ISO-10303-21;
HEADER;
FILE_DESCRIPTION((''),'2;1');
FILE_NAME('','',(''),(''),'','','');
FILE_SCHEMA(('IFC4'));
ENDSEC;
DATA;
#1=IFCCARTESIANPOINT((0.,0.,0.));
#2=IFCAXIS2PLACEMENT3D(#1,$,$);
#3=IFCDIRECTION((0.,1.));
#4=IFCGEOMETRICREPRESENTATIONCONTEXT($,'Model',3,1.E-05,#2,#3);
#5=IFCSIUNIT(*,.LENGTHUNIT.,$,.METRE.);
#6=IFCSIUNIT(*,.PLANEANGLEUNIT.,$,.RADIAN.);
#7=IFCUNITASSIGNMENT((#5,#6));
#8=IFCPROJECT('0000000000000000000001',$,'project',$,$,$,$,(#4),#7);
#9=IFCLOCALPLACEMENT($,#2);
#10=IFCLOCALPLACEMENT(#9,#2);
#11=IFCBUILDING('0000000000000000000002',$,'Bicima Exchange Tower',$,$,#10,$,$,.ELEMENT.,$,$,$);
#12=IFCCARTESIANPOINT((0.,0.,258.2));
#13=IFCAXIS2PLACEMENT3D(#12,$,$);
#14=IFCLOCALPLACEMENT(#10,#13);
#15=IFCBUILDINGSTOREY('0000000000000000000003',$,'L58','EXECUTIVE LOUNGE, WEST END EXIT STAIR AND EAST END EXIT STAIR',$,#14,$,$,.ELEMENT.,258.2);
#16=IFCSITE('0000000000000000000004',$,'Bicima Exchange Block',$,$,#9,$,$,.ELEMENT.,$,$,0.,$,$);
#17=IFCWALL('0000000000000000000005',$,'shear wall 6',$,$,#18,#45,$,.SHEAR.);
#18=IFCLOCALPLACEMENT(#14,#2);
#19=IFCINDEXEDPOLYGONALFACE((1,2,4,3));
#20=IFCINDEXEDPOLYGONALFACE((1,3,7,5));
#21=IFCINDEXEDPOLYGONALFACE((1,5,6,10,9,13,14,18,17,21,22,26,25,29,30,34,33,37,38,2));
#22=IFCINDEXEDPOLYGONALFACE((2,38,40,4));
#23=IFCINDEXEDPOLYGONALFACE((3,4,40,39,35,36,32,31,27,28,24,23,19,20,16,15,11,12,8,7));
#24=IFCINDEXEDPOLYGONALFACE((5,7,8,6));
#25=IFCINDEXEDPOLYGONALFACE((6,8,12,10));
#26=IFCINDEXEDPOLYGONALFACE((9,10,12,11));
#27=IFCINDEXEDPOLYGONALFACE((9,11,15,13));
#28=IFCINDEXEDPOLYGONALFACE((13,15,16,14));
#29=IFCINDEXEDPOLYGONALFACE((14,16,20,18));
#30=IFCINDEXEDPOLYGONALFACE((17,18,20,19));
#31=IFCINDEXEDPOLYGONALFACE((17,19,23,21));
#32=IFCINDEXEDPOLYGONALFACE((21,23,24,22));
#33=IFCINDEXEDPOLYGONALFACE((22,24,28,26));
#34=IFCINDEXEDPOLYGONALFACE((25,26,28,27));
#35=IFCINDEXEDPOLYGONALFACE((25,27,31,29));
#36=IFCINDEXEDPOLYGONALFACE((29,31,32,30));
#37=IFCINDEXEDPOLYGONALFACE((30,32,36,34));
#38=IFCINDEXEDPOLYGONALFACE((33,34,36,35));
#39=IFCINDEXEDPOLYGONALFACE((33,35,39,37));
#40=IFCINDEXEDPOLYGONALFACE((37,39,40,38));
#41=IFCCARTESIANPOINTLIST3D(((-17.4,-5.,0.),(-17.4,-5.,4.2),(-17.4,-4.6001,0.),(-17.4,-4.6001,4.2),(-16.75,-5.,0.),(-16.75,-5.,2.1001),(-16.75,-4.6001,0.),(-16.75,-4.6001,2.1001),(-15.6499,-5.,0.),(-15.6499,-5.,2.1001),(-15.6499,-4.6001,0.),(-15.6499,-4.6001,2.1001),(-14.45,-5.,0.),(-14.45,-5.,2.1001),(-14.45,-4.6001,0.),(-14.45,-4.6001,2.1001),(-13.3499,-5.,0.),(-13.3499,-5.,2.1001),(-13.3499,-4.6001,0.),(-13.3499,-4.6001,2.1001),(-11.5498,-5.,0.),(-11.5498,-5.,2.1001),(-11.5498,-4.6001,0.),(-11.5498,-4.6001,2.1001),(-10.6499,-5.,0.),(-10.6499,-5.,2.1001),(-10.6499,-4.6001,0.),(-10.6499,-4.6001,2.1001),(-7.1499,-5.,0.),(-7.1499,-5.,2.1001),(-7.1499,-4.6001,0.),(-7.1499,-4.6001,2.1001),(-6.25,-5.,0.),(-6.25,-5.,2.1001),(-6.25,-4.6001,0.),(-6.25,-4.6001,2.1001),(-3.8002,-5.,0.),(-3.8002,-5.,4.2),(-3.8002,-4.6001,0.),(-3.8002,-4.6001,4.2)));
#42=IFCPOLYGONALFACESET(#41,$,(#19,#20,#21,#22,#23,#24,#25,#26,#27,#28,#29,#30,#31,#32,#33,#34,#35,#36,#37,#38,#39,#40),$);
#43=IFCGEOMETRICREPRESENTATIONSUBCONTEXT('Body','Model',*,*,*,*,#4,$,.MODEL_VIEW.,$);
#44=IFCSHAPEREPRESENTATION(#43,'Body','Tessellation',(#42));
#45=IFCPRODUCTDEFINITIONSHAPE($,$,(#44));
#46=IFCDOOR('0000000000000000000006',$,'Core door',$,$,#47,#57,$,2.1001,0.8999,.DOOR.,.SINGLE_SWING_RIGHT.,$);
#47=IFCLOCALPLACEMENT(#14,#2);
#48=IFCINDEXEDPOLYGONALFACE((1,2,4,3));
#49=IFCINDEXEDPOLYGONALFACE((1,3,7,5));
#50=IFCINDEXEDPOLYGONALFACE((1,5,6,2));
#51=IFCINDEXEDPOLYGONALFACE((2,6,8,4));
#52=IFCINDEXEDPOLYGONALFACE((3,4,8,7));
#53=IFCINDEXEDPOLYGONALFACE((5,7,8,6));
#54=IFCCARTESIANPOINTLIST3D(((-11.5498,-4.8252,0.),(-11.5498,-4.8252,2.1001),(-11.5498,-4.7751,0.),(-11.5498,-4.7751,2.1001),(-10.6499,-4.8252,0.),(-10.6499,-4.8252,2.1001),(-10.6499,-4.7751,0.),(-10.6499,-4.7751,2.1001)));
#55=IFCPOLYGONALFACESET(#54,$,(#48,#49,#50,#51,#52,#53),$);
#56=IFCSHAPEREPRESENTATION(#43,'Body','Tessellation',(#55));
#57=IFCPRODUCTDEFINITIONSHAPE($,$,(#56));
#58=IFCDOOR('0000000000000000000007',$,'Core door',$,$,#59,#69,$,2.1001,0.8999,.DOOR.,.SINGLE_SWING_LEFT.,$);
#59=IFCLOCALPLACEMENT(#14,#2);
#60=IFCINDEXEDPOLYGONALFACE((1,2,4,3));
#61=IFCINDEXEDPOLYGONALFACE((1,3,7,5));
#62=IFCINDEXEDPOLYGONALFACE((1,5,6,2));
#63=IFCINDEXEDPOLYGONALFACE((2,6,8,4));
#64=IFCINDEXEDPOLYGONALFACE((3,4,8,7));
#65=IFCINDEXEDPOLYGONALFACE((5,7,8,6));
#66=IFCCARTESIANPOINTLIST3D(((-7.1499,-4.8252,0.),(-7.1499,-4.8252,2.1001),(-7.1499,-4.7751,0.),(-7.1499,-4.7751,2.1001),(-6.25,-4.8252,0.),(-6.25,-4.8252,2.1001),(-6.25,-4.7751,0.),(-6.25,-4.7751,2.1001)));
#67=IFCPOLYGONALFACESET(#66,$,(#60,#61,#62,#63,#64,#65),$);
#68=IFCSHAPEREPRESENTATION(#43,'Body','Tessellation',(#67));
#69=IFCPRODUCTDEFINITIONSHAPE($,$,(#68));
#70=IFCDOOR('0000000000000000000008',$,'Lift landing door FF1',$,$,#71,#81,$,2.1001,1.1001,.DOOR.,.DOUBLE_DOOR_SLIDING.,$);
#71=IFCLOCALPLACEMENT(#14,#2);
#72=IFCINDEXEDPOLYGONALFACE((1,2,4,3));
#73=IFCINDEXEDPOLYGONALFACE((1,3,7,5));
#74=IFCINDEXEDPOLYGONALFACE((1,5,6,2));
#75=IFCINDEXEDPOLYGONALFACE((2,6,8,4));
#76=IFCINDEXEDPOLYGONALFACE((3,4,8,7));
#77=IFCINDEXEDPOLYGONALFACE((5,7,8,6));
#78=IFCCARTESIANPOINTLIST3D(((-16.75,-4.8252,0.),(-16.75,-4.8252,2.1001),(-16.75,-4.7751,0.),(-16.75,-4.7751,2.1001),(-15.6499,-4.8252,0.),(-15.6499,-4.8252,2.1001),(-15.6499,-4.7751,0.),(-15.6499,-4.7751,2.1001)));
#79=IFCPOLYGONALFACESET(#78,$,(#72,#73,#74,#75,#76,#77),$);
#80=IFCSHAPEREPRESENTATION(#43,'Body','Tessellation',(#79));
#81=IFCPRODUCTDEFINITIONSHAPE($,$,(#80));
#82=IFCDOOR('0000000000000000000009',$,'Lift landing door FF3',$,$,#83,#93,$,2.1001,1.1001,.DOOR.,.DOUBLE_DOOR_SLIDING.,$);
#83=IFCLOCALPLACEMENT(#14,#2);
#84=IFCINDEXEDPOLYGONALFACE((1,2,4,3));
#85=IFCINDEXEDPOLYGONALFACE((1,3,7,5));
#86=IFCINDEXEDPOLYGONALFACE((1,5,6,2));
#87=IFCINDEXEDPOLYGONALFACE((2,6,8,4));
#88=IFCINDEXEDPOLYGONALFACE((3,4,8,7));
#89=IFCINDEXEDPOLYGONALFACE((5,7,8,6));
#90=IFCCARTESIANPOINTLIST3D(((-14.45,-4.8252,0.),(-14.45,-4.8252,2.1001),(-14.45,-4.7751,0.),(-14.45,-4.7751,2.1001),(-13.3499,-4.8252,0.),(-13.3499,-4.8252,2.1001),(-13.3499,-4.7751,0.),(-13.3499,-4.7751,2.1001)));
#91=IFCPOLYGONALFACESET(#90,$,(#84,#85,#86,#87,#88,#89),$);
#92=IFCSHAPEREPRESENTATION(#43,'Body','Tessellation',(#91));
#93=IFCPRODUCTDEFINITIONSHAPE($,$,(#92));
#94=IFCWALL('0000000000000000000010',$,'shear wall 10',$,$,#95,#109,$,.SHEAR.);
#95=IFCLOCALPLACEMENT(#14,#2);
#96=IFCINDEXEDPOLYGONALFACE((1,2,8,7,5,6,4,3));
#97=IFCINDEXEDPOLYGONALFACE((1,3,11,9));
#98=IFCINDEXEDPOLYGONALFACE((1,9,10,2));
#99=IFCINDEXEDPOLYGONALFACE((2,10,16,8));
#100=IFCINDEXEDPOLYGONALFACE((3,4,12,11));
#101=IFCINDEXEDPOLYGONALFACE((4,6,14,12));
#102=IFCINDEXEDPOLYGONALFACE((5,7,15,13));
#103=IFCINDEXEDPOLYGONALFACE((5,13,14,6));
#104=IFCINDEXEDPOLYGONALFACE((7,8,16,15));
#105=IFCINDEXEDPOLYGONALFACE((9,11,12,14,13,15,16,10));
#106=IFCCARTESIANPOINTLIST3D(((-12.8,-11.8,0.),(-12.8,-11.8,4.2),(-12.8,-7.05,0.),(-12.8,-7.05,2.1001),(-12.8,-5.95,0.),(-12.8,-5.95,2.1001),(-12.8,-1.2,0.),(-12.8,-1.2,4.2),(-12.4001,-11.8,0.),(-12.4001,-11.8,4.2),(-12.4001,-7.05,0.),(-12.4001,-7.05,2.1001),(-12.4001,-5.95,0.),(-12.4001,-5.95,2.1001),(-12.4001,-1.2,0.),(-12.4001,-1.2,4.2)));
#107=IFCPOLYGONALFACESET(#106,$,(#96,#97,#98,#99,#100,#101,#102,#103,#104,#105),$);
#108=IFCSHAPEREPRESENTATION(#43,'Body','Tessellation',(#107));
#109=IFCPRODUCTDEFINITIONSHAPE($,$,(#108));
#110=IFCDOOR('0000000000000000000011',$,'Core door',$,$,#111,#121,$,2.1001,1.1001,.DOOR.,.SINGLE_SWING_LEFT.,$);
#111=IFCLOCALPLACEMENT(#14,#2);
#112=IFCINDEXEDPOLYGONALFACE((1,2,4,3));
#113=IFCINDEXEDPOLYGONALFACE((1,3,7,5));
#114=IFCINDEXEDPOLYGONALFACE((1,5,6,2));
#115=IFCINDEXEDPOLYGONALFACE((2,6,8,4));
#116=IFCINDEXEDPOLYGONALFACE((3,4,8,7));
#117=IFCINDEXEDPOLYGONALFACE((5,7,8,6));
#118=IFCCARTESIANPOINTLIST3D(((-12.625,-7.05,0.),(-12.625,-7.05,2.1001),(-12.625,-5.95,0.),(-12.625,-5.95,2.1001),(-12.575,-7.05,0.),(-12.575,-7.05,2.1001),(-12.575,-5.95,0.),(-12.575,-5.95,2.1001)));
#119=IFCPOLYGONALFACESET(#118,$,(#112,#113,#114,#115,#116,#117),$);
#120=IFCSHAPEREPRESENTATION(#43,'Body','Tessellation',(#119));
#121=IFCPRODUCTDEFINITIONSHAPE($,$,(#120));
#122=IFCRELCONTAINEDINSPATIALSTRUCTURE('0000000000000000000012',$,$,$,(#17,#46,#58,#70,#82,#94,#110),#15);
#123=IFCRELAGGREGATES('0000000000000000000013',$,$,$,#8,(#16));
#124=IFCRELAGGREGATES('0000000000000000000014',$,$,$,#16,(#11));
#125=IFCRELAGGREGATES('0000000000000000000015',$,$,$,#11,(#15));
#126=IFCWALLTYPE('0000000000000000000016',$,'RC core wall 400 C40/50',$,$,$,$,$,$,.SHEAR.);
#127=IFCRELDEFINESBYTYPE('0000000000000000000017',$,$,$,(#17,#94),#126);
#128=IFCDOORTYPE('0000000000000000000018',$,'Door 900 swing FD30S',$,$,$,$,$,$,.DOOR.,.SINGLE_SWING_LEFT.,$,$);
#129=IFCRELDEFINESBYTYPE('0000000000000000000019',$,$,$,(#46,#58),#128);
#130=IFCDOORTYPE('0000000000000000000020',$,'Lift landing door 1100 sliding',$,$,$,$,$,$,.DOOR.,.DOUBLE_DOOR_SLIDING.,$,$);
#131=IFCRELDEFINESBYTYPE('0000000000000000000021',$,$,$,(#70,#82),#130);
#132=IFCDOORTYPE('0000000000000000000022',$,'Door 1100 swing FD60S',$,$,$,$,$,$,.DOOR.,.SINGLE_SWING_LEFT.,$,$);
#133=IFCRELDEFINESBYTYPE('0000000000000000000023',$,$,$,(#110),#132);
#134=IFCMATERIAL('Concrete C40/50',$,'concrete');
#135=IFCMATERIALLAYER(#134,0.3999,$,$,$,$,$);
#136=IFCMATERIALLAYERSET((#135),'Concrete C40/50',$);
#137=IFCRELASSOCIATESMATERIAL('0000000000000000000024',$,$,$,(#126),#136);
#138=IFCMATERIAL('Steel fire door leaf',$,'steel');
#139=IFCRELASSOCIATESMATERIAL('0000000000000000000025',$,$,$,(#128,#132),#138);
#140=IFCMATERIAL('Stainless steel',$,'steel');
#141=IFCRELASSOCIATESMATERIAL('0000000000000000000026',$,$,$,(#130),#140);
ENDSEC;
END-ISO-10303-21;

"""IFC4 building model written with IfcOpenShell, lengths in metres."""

from ifc_helpers import new_model, si_unit, direction, frame, frame_2d, origin, place, context, subcontext, project, spatial, rectangle, extrude, material, layer, layer_set, type_object, element, fill, save


model = new_model("IFC4")

# Units and contexts
model_context = context("Model", 3, precision=1e-05, world=origin(), true_north=direction((0.0, 1.0)))
body_context = subcontext(model_context, "Body", "Model", "MODEL_VIEW")
ifc_project = project(units=[si_unit("LENGTHUNIT", "METRE"), si_unit("PLANEANGLEUNIT", "RADIAN")], contexts=[model_context])

# Site, building, storey
site_placement = place(None, origin())
site = spatial("IfcSite", under=ifc_project, at=site_placement, Name="Bicima Exchange Block", CompositionType="ELEMENT", RefElevation=0.0)
building_placement = place(site_placement, origin())
building = spatial("IfcBuilding", under=site, at=building_placement, Name="Bicima Exchange Tower", CompositionType="ELEMENT")
storey_placement = place(building_placement, frame((0.0, 0.0, 258.2)))
storey = spatial("IfcBuildingStorey", under=building, at=storey_placement, Name="L58", Description="EXECUTIVE LOUNGE, WEST END EXIT STAIR AND EAST END EXIT STAIR", CompositionType="ELEMENT", Elevation=258.2)

# Shared definitions
ifc_material_1 = material(Name="Concrete C40/50", Category="concrete")
ifc_layer_1 = layer(ifc_material_1, 0.3999)
ifc_layer_set_1 = layer_set([ifc_layer_1], Name="Concrete C40/50")
wall_type_1 = type_object("IfcWallType", Name="RC core wall 400 C40/50", PredefinedType="SHEAR", material=ifc_layer_set_1)

# Wall, openings, doors
wall_1_placement = place(storey_placement, frame((-17.3999, -4.8, 0.0), z_axis=(0.0, 0.0, 1.0), x_axis=(1.0, 0.0, 0.0)))
wall_1 = element("IfcWall", 1, at=wall_1_placement, inside=storey, type_object=wall_type_1, Name="shear wall 6", PredefinedType="SHEAR", context=body_context, shape_type="SweptSolid", body=[
    extrude(rectangle(XDim=13.5999, YDim=0.3999, at=frame_2d((6.7998, 0.0))), origin(), (0.0, 0.0, 1.0), 4.2),
])
opening_1_placement = place(wall_1_placement, frame((0.6499, 0.0, 0.0)))
opening_1 = element("IfcOpeningElement", 2, at=opening_1_placement, cuts=wall_1, PredefinedType="OPENING", context=body_context, shape_type="SweptSolid", body=[
    extrude(rectangle(XDim=1.1001, YDim=2.1001, at=frame_2d((0.55, 1.05))), frame((0.0, 0.2119, 0.0), z_axis=(0.0, -1.0, 0.0), x_axis=(1.0, 0.0, 0.0)), (0.0, 0.0, 1.0), 0.4238),
])
opening_2_placement = place(wall_1_placement, frame((2.95, 0.0, 0.0)))
opening_2 = element("IfcOpeningElement", 3, at=opening_2_placement, cuts=wall_1, PredefinedType="OPENING", context=body_context, shape_type="SweptSolid", body=[
    extrude(rectangle(XDim=1.1001, YDim=2.1001, at=frame_2d((0.55, 1.05))), frame((0.0, 0.2119, 0.0), z_axis=(0.0, -1.0, 0.0), x_axis=(1.0, 0.0, 0.0)), (0.0, 0.0, 1.0), 0.4238),
])
opening_3_placement = place(wall_1_placement, frame((5.8501, 0.0, 0.0)))
opening_3 = element("IfcOpeningElement", 4, at=opening_3_placement, cuts=wall_1, PredefinedType="OPENING", context=body_context, shape_type="SweptSolid", body=[
    extrude(rectangle(XDim=0.8999, YDim=2.1001, at=frame_2d((0.45, 1.05))), frame((0.0, 0.2119, 0.0), z_axis=(0.0, -1.0, 0.0), x_axis=(1.0, 0.0, 0.0)), (0.0, 0.0, 1.0), 0.4238),
])
opening_4_placement = place(wall_1_placement, frame((10.25, 0.0, 0.0)))
opening_4 = element("IfcOpeningElement", 5, at=opening_4_placement, cuts=wall_1, PredefinedType="OPENING", context=body_context, shape_type="SweptSolid", body=[
    extrude(rectangle(XDim=0.8999, YDim=2.1001, at=frame_2d((0.45, 1.05))), frame((0.0, 0.2119, 0.0), z_axis=(0.0, -1.0, 0.0), x_axis=(1.0, 0.0, 0.0)), (0.0, 0.0, 1.0), 0.4238),
])
ifc_material_2 = material(Name="Steel fire door leaf", Category="steel")
door_type_1 = type_object("IfcDoorType", Name="Door 900 swing FD30S", OperationType="SINGLE_SWING_LEFT", PredefinedType="DOOR", material=ifc_material_2)
door_1_placement = place(opening_3_placement, origin())
door_1 = element("IfcDoor", 6, at=door_1_placement, inside=storey, type_object=door_type_1, Name="Core door", OperationType="SINGLE_SWING_RIGHT", OverallHeight=2.1001, OverallWidth=0.8999, PredefinedType="DOOR", context=body_context, shape_type="SweptSolid", body=[
    extrude(rectangle(XDim=0.8999, YDim=2.1001, at=frame_2d((0.45, 1.05))), frame((0.0, 0.0249, 0.0), z_axis=(0.0, -1.0, 0.0), x_axis=(1.0, 0.0, 0.0)), (0.0, 0.0, 1.0), 0.05),
])
fill(opening_3, door_1)
door_2_placement = place(opening_4_placement, origin())
door_2 = element("IfcDoor", 7, at=door_2_placement, inside=storey, type_object=door_type_1, Name="Core door", OperationType="SINGLE_SWING_LEFT", OverallHeight=2.1001, OverallWidth=0.8999, PredefinedType="DOOR", context=body_context, shape_type="SweptSolid", body=[
    extrude(rectangle(XDim=0.8999, YDim=2.1001, at=frame_2d((0.45, 1.05))), frame((0.0, 0.0249, 0.0), z_axis=(0.0, -1.0, 0.0), x_axis=(1.0, 0.0, 0.0)), (0.0, 0.0, 1.0), 0.05),
])
fill(opening_4, door_2)
ifc_material_3 = material(Name="Stainless steel", Category="steel")
door_type_2 = type_object("IfcDoorType", Name="Lift landing door 1100 sliding", OperationType="DOUBLE_DOOR_SLIDING", PredefinedType="DOOR", material=ifc_material_3)
door_3_placement = place(opening_1_placement, origin())
door_3 = element("IfcDoor", 8, at=door_3_placement, inside=storey, type_object=door_type_2, Name="Lift landing door FF1", OperationType="DOUBLE_DOOR_SLIDING", OverallHeight=2.1001, OverallWidth=1.1001, PredefinedType="DOOR", context=body_context, shape_type="SweptSolid", body=[
    extrude(rectangle(XDim=1.1001, YDim=2.1001, at=frame_2d((0.55, 1.05))), frame((0.0, 0.0249, 0.0), z_axis=(0.0, -1.0, 0.0), x_axis=(1.0, 0.0, 0.0)), (0.0, 0.0, 1.0), 0.05),
])
fill(opening_1, door_3)
door_4_placement = place(opening_2_placement, origin())
door_4 = element("IfcDoor", 9, at=door_4_placement, inside=storey, type_object=door_type_2, Name="Lift landing door FF3", OperationType="DOUBLE_DOOR_SLIDING", OverallHeight=2.1001, OverallWidth=1.1001, PredefinedType="DOOR", context=body_context, shape_type="SweptSolid", body=[
    extrude(rectangle(XDim=1.1001, YDim=2.1001, at=frame_2d((0.55, 1.05))), frame((0.0, 0.0249, 0.0), z_axis=(0.0, -1.0, 0.0), x_axis=(1.0, 0.0, 0.0)), (0.0, 0.0, 1.0), 0.05),
])
fill(opening_2, door_4)

# Wall, opening, door
wall_2_placement = place(storey_placement, frame((-12.6001, -11.8, 0.0), z_axis=(0.0, 0.0, 1.0), x_axis=(0.0, 1.0, 0.0)))
wall_2 = element("IfcWall", 10, at=wall_2_placement, inside=storey, type_object=wall_type_1, Name="shear wall 10", PredefinedType="SHEAR", context=body_context, shape_type="SweptSolid", body=[
    extrude(rectangle(XDim=10.6001, YDim=0.3999, at=frame_2d((5.3, 0.0))), origin(), (0.0, 0.0, 1.0), 4.2),
])
opening_5_placement = place(wall_2_placement, frame((4.75, 0.0, 0.0)))
opening_5 = element("IfcOpeningElement", 11, at=opening_5_placement, cuts=wall_2, PredefinedType="OPENING", context=body_context, shape_type="SweptSolid", body=[
    extrude(rectangle(XDim=1.1001, YDim=2.1001, at=frame_2d((0.55, 1.05))), frame((0.0, 0.2119, 0.0), z_axis=(0.0, -1.0, 0.0), x_axis=(1.0, 0.0, 0.0)), (0.0, 0.0, 1.0), 0.4238),
])
door_type_3 = type_object("IfcDoorType", Name="Door 1100 swing FD60S", OperationType="SINGLE_SWING_LEFT", PredefinedType="DOOR", material=ifc_material_2)
door_5_placement = place(opening_5_placement, origin())
door_5 = element("IfcDoor", 12, at=door_5_placement, inside=storey, type_object=door_type_3, Name="Core door", OperationType="SINGLE_SWING_LEFT", OverallHeight=2.1001, OverallWidth=1.1001, PredefinedType="DOOR", context=body_context, shape_type="SweptSolid", body=[
    extrude(rectangle(XDim=1.1001, YDim=2.1001, at=frame_2d((0.55, 1.05))), frame((0.0, 0.0249, 0.0), z_axis=(0.0, -1.0, 0.0), x_axis=(1.0, 0.0, 0.0)), (0.0, 0.0, 1.0), 0.05),
])
fill(opening_5, door_5)

save(model, "model.ifc")
